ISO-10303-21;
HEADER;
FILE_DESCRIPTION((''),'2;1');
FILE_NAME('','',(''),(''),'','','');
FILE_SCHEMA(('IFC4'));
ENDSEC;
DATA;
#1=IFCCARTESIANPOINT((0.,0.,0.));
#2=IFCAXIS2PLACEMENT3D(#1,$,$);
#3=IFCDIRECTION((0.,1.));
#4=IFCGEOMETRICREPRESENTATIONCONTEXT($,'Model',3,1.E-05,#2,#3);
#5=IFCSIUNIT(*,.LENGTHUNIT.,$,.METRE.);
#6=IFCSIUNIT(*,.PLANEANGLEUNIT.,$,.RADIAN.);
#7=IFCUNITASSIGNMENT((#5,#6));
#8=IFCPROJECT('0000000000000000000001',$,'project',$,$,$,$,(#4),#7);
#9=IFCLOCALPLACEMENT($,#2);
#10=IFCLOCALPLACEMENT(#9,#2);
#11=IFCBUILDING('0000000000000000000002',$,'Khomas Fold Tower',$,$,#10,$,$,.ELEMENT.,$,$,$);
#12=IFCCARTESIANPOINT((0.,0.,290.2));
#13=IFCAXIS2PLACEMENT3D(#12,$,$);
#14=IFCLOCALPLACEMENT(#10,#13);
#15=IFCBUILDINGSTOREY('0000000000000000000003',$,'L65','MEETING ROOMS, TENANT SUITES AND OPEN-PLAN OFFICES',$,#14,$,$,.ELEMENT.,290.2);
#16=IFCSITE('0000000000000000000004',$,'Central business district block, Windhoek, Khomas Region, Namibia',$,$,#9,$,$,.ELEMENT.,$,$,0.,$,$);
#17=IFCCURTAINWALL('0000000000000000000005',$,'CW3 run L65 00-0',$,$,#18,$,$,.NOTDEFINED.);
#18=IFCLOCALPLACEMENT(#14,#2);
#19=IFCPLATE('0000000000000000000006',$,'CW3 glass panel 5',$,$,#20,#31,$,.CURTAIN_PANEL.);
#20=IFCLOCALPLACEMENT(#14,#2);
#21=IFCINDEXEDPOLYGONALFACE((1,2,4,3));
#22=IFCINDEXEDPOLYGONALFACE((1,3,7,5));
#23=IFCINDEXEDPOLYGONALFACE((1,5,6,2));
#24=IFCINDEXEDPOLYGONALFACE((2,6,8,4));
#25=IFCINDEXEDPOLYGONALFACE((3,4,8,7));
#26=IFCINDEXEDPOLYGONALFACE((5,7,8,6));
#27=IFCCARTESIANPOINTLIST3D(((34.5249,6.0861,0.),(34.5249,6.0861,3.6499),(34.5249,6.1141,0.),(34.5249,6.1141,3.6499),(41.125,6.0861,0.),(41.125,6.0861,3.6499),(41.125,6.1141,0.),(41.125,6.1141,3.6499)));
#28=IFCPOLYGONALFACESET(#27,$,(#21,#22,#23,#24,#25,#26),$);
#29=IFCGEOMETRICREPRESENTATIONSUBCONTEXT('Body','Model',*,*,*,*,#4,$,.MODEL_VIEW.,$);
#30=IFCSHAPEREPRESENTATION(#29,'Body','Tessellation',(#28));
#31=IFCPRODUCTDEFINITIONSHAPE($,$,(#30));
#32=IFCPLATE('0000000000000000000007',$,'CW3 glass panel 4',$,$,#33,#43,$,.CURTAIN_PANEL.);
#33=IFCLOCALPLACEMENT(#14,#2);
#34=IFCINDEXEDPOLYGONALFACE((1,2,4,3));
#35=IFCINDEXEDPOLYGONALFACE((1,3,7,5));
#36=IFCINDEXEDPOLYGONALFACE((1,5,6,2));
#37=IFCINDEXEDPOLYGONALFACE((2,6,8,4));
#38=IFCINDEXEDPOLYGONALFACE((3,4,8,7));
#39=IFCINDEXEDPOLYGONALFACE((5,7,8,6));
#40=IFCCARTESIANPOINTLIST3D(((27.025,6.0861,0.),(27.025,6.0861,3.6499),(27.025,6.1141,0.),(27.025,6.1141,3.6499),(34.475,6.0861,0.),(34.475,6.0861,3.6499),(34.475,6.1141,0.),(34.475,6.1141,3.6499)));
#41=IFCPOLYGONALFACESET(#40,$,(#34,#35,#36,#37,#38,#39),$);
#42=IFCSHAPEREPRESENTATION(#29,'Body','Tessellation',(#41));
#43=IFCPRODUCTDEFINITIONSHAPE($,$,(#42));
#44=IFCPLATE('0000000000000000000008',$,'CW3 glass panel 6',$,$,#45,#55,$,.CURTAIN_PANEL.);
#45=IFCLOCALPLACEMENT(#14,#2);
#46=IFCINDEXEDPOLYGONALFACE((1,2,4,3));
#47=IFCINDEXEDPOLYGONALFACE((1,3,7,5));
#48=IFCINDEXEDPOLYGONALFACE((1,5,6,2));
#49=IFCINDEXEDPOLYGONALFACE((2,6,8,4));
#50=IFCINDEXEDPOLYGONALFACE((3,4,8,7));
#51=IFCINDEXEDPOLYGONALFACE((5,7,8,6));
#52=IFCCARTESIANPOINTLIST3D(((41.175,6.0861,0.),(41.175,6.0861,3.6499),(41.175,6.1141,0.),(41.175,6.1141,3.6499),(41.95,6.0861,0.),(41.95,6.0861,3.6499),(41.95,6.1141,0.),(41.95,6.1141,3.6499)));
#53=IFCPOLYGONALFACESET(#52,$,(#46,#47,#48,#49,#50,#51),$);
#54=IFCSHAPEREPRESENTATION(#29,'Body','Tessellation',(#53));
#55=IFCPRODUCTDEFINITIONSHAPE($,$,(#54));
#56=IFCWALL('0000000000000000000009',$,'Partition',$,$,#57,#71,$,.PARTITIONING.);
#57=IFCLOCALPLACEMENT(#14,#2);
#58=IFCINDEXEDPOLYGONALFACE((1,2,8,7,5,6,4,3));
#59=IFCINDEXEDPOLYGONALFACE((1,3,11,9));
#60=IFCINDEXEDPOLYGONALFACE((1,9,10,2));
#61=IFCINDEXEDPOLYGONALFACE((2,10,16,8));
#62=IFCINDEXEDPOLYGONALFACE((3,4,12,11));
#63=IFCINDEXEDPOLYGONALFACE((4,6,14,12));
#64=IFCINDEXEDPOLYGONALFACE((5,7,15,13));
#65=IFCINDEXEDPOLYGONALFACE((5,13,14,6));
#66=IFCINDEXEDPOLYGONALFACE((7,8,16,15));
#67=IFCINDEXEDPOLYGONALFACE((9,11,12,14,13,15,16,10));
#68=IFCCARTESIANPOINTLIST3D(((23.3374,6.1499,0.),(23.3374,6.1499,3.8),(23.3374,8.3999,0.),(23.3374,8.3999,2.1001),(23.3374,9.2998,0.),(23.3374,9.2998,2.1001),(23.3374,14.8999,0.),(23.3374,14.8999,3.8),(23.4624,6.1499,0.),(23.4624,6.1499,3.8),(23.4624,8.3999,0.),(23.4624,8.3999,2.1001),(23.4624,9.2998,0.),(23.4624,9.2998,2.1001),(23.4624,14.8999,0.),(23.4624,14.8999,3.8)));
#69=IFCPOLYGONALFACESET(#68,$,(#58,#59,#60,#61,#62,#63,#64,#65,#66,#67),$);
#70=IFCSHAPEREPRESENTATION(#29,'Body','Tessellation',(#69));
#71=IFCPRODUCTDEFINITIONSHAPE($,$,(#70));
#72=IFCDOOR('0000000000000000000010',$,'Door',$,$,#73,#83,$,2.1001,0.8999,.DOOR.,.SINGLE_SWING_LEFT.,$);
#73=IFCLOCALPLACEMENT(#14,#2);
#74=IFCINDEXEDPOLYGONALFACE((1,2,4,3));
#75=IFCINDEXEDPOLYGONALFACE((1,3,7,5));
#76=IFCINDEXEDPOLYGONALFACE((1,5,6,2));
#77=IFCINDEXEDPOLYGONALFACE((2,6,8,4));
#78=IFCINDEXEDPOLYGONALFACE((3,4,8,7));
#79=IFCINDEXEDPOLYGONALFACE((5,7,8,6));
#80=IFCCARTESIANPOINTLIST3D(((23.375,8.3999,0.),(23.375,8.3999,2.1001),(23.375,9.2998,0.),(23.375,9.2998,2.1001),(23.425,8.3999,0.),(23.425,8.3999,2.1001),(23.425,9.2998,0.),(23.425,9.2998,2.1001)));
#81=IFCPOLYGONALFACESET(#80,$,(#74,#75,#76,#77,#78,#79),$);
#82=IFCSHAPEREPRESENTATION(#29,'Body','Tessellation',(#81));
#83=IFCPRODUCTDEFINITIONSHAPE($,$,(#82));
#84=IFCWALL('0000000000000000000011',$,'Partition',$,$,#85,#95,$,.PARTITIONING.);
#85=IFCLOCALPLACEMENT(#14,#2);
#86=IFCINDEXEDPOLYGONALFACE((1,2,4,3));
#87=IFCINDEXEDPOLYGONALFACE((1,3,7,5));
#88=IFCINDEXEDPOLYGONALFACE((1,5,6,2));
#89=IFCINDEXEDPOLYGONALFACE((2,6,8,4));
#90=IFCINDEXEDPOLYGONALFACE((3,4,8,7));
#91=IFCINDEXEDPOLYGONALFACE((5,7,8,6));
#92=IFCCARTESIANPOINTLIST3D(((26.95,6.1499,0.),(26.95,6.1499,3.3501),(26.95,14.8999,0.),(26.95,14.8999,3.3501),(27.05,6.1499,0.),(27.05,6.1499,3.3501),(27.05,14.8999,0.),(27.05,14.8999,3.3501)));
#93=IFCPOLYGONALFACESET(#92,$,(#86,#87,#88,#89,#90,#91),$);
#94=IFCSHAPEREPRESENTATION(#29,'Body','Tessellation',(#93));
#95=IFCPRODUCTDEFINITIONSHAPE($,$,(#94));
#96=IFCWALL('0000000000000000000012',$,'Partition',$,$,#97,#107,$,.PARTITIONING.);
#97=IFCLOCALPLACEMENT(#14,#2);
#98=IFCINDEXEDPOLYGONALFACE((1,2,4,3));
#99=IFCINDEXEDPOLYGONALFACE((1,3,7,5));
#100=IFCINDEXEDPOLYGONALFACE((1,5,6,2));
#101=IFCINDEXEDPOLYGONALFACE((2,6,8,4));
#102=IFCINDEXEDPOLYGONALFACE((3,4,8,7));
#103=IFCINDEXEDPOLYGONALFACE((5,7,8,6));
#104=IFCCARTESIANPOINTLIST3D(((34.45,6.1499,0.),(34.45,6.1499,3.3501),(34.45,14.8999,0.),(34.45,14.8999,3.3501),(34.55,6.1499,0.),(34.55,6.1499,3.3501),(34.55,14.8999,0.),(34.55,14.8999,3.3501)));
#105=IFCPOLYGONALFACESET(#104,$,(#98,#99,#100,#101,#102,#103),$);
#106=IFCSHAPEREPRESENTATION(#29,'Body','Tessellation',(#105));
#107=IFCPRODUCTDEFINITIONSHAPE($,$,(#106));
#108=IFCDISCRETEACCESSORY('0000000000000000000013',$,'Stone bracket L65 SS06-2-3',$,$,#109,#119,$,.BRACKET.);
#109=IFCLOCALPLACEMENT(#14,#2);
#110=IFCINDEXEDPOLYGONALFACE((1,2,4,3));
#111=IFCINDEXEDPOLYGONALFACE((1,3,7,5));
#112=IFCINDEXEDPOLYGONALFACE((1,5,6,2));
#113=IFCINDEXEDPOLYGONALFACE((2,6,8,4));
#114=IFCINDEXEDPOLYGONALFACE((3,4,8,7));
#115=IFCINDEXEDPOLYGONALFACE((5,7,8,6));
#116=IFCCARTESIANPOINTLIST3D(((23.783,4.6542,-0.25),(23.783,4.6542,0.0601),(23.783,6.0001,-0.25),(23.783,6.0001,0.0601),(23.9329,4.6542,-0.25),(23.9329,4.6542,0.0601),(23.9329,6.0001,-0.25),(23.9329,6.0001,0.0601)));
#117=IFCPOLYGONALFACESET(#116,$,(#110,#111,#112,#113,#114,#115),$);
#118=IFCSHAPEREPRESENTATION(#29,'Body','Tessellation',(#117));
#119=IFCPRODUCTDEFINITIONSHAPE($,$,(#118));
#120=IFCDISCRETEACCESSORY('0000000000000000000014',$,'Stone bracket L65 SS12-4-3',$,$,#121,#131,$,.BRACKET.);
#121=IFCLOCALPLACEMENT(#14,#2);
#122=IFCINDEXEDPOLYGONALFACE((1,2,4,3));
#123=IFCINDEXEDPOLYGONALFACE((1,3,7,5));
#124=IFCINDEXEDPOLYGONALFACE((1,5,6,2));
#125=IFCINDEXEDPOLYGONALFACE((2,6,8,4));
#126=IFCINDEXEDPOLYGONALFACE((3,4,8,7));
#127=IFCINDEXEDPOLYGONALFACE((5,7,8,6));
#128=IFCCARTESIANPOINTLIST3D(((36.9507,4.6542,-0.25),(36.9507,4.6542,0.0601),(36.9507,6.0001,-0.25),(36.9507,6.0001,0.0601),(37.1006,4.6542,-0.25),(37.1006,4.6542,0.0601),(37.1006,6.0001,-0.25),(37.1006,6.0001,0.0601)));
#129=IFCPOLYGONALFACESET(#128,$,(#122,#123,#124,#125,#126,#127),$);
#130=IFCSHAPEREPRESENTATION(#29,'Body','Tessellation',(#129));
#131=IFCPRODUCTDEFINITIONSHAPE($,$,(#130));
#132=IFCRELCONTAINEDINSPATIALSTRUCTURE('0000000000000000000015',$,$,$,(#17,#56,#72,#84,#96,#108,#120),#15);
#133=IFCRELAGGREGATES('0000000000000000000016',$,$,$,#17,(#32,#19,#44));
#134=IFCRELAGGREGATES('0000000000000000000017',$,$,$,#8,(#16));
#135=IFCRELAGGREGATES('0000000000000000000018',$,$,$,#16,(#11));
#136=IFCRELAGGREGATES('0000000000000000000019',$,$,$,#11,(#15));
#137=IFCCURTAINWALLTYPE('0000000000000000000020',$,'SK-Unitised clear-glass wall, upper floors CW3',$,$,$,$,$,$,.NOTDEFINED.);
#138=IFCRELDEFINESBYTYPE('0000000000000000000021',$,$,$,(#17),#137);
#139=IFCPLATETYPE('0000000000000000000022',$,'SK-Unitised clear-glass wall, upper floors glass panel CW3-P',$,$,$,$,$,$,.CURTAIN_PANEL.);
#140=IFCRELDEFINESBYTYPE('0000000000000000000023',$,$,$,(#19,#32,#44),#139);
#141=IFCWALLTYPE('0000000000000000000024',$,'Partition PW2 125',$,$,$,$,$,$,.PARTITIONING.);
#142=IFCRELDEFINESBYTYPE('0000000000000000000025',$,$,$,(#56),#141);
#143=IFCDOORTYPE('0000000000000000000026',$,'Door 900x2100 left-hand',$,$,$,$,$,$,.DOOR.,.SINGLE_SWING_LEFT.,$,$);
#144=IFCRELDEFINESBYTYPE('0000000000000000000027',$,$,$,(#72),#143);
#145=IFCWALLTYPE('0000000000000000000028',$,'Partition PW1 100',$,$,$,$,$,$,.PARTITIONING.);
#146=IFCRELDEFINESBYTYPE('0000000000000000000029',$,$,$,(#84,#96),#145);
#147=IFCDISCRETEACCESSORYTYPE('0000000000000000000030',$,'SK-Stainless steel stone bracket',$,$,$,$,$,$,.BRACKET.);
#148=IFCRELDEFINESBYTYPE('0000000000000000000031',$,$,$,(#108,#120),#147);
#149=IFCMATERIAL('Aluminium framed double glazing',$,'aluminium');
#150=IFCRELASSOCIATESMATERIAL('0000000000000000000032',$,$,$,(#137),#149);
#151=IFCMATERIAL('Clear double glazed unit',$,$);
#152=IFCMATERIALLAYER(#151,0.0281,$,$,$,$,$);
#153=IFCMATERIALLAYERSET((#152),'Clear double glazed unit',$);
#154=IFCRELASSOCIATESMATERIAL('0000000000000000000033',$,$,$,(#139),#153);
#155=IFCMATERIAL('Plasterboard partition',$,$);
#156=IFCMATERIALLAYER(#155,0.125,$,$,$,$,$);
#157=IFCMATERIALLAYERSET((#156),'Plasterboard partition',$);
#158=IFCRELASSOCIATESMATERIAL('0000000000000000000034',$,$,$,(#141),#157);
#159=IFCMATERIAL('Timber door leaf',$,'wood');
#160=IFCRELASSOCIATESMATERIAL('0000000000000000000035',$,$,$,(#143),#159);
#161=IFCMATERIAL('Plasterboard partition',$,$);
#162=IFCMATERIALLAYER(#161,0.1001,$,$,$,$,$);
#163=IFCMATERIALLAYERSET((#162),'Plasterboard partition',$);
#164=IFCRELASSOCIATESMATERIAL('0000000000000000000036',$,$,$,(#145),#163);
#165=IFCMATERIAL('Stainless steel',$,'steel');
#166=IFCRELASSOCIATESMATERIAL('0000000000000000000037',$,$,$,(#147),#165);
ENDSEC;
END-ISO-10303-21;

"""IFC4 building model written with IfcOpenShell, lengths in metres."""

from ifc_helpers import new_model, si_unit, direction, frame, frame_2d, origin, origin_2d, place, context, subcontext, project, spatial, rectangle, extrude, source, transform, mapped, material, layer, layer_set, type_object, element, fill, aggregate, save


model = new_model("IFC4")

# Units and contexts
model_context = context("Model", 3, precision=1e-05, world=origin(), true_north=direction((0.0, 1.0)))
body_context = subcontext(model_context, "Body", "Model", "MODEL_VIEW")
ifc_project = project(units=[si_unit("LENGTHUNIT", "METRE"), si_unit("PLANEANGLEUNIT", "RADIAN")], contexts=[model_context])

# Site, building, storey
site_placement = place(None, origin())
site = spatial("IfcSite", under=ifc_project, at=site_placement, Name="Central business district block, Windhoek, Khomas Region, Namibia", CompositionType="ELEMENT", RefElevation=0.0)
building_placement = place(site_placement, origin())
building = spatial("IfcBuilding", under=site, at=building_placement, Name="Khomas Fold Tower", CompositionType="ELEMENT")
storey_placement = place(building_placement, frame((0.0, 0.0, 290.2)))
storey = spatial("IfcBuildingStorey", under=building, at=storey_placement, Name="L65", Description="MEETING ROOMS, TENANT SUITES AND OPEN-PLAN OFFICES", CompositionType="ELEMENT", Elevation=290.2)

# Curtain wall
ifc_material_1 = material(Name="Aluminium framed double glazing", Category="aluminium")
curtain_wall_type = type_object("IfcCurtainWallType", Name="SK-Unitised clear-glass wall, upper floors CW3", PredefinedType="NOTDEFINED", material=ifc_material_1)
curtain_wall_1_placement = place(storey_placement, origin())
curtain_wall_1 = element("IfcCurtainWall", 1, at=curtain_wall_1_placement, inside=storey, type_object=curtain_wall_type, Name="CW3 run L65 00-0", PredefinedType="NOTDEFINED")

# Plates
ifc_material_2 = material(Name="Clear double glazed unit")
ifc_layer_1 = layer(ifc_material_2, 0.0281)
ifc_layer_set_1 = layer_set([ifc_layer_1], Name="Clear double glazed unit")
plate_type = type_object("IfcPlateType", Name="SK-Unitised clear-glass wall, upper floors glass panel CW3-P", PredefinedType="CURTAIN_PANEL", material=ifc_layer_set_1)
shared_shape_1 = source(origin(), body_context, "Body", "SweptSolid", [
    extrude(rectangle(XDim=6.6001, YDim=0.0281, at=origin_2d()), origin(), (0.0, 0.0, 1.0), 3.6499),
])
plate_1_placement = place(storey_placement, frame((37.825, 6.1001, 0.0), z_axis=(0.0, 0.0, 1.0), x_axis=(1.0, 0.0, 0.0)))
plate_1 = element("IfcPlate", 2, at=plate_1_placement, type_object=plate_type, Name="CW3 glass panel 5", PredefinedType="CURTAIN_PANEL", context=body_context, shape_type="MappedRepresentation", body=[
    mapped(shared_shape_1, transform((0.0, 0.0, 0.0))),
])
shared_shape_2 = source(origin(), body_context, "Body", "SweptSolid", [
    extrude(rectangle(XDim=7.45, YDim=0.0281, at=origin_2d()), origin(), (0.0, 0.0, 1.0), 3.6499),
])
plate_2_placement = place(storey_placement, frame((30.75, 6.1001, 0.0), z_axis=(0.0, 0.0, 1.0), x_axis=(1.0, 0.0, 0.0)))
plate_2 = element("IfcPlate", 3, at=plate_2_placement, type_object=plate_type, Name="CW3 glass panel 4", PredefinedType="CURTAIN_PANEL", context=body_context, shape_type="MappedRepresentation", body=[
    mapped(shared_shape_2, transform((0.0, 0.0, 0.0))),
])
shared_shape_3 = source(origin(), body_context, "Body", "SweptSolid", [
    extrude(rectangle(XDim=0.7749, YDim=0.0281, at=origin_2d()), origin(), (0.0, 0.0, 1.0), 3.6499),
])
plate_3_placement = place(storey_placement, frame((41.5625, 6.1001, 0.0), z_axis=(0.0, 0.0, 1.0), x_axis=(1.0, 0.0, 0.0)))
plate_3 = element("IfcPlate", 4, at=plate_3_placement, type_object=plate_type, Name="CW3 glass panel 6", PredefinedType="CURTAIN_PANEL", context=body_context, shape_type="MappedRepresentation", body=[
    mapped(shared_shape_3, transform((0.0, 0.0, 0.0))),
])
aggregate(curtain_wall_1, [plate_2, plate_1, plate_3])

# Wall, opening, door
ifc_material_3 = material(Name="Plasterboard partition")
ifc_layer_2 = layer(ifc_material_3, 0.125)
ifc_layer_set_2 = layer_set([ifc_layer_2], Name="Plasterboard partition")
wall_type_1 = type_object("IfcWallType", Name="Partition PW2 125", PredefinedType="PARTITIONING", material=ifc_layer_set_2)
shared_shape_4 = source(origin(), body_context, "Body", "SweptSolid", [
    extrude(rectangle(XDim=8.75, YDim=0.125, at=frame_2d((4.375, 0.0))), origin(), (0.0, 0.0, 1.0), 3.8),
])
wall_placement = place(storey_placement, frame((23.3999, 6.1499, 0.0), z_axis=(0.0, 0.0, 1.0), x_axis=(0.0, 1.0, 0.0)))
wall = element("IfcWall", 5, at=wall_placement, inside=storey, type_object=wall_type_1, Name="Partition", PredefinedType="PARTITIONING", context=body_context, shape_type="MappedRepresentation", body=[
    mapped(shared_shape_4, transform((0.0, 0.0, 0.0))),
])
shared_shape_5 = source(origin(), body_context, "Body", "SweptSolid", [
    extrude(rectangle(XDim=0.8999, YDim=2.1001, at=frame_2d((0.45, 1.05))), frame((0.0, 0.0725, 0.0), z_axis=(0.0, -1.0, 0.0), x_axis=(1.0, 0.0, 0.0)), (0.0, 0.0, 1.0), 0.145),
])
opening_placement = place(wall_placement, frame((2.25, 0.0, 0.0)))
opening = element("IfcOpeningElement", 6, at=opening_placement, cuts=wall, PredefinedType="OPENING", context=body_context, shape_type="MappedRepresentation", body=[
    mapped(shared_shape_5, transform((0.0, 0.0, 0.0))),
])
ifc_material_4 = material(Name="Timber door leaf", Category="wood")
door_type = type_object("IfcDoorType", Name="Door 900x2100 left-hand", OperationType="SINGLE_SWING_LEFT", PredefinedType="DOOR", material=ifc_material_4)
shared_shape_6 = source(origin(), body_context, "Body", "SweptSolid", [
    extrude(rectangle(XDim=0.8999, YDim=2.1001, at=frame_2d((0.45, 1.05))), frame((0.0, 0.0249, 0.0), z_axis=(0.0, -1.0, 0.0), x_axis=(1.0, 0.0, 0.0)), (0.0, 0.0, 1.0), 0.05),
])
door_placement = place(opening_placement, origin())
door = element("IfcDoor", 7, at=door_placement, inside=storey, type_object=door_type, Name="Door", OperationType="SINGLE_SWING_LEFT", OverallHeight=2.1001, OverallWidth=0.8999, PredefinedType="DOOR", context=body_context, shape_type="MappedRepresentation", body=[
    mapped(shared_shape_6, transform((0.0, 0.0, 0.0))),
])
fill(opening, door)

# Walls
ifc_material_5 = material(Name="Plasterboard partition")
ifc_layer_3 = layer(ifc_material_5, 0.1001)
ifc_layer_set_3 = layer_set([ifc_layer_3], Name="Plasterboard partition")
wall_type_2 = type_object("IfcWallType", Name="Partition PW1 100", PredefinedType="PARTITIONING", material=ifc_layer_set_3)
shared_shape_7 = source(origin(), body_context, "Body", "SweptSolid", [
    extrude(rectangle(XDim=8.75, YDim=0.1001, at=frame_2d((4.375, 0.0))), origin(), (0.0, 0.0, 1.0), 3.3501),
])
for number, where, z_axis, x_axis, name in (
    (8, (27.0, 6.1499, 0.0), (0.0, 0.0, 1.0), (0.0, 1.0, 0.0), "Partition"),
    (9, (34.5, 6.1499, 0.0), (0.0, 0.0, 1.0), (0.0, 1.0, 0.0), "Partition"),
):
    element("IfcWall", number, at=place(storey_placement, frame(where, z_axis=z_axis, x_axis=x_axis)), inside=storey, type_object=wall_type_2, Name=name, PredefinedType="PARTITIONING", context=body_context, shape_type="MappedRepresentation", body=[
        mapped(shared_shape_7, transform((0.0, 0.0, 0.0))),
    ])

# Discrete accessories
ifc_material_6 = material(Name="Stainless steel", Category="steel")
discrete_accessory_type = type_object("IfcDiscreteAccessoryType", Name="SK-Stainless steel stone bracket", PredefinedType="BRACKET", material=ifc_material_6)
shared_shape_8 = source(origin(), body_context, "Body", "SweptSolid", [
    extrude(rectangle(XDim=1.3459, YDim=0.1499, at=origin_2d()), origin(), (0.0, 0.0, 1.0), 0.3101),
])
for number, where, z_axis, x_axis, name in (
    (10, (23.8579, 5.3271, -0.25), (0.0, 0.0, 1.0), (0.0, -1.0, 0.0), "Stone bracket L65 SS06-2-3"),
    (11, (37.0256, 5.3271, -0.25), (0.0, 0.0, 1.0), (0.0, -1.0, 0.0), "Stone bracket L65 SS12-4-3"),
):
    element("IfcDiscreteAccessory", number, at=place(storey_placement, frame(where, z_axis=z_axis, x_axis=x_axis)), inside=storey, type_object=discrete_accessory_type, Name=name, PredefinedType="BRACKET", context=body_context, shape_type="MappedRepresentation", body=[
        mapped(shared_shape_8, transform((0.0, 0.0, 0.0))),
    ])

save(model, "model.ifc")
